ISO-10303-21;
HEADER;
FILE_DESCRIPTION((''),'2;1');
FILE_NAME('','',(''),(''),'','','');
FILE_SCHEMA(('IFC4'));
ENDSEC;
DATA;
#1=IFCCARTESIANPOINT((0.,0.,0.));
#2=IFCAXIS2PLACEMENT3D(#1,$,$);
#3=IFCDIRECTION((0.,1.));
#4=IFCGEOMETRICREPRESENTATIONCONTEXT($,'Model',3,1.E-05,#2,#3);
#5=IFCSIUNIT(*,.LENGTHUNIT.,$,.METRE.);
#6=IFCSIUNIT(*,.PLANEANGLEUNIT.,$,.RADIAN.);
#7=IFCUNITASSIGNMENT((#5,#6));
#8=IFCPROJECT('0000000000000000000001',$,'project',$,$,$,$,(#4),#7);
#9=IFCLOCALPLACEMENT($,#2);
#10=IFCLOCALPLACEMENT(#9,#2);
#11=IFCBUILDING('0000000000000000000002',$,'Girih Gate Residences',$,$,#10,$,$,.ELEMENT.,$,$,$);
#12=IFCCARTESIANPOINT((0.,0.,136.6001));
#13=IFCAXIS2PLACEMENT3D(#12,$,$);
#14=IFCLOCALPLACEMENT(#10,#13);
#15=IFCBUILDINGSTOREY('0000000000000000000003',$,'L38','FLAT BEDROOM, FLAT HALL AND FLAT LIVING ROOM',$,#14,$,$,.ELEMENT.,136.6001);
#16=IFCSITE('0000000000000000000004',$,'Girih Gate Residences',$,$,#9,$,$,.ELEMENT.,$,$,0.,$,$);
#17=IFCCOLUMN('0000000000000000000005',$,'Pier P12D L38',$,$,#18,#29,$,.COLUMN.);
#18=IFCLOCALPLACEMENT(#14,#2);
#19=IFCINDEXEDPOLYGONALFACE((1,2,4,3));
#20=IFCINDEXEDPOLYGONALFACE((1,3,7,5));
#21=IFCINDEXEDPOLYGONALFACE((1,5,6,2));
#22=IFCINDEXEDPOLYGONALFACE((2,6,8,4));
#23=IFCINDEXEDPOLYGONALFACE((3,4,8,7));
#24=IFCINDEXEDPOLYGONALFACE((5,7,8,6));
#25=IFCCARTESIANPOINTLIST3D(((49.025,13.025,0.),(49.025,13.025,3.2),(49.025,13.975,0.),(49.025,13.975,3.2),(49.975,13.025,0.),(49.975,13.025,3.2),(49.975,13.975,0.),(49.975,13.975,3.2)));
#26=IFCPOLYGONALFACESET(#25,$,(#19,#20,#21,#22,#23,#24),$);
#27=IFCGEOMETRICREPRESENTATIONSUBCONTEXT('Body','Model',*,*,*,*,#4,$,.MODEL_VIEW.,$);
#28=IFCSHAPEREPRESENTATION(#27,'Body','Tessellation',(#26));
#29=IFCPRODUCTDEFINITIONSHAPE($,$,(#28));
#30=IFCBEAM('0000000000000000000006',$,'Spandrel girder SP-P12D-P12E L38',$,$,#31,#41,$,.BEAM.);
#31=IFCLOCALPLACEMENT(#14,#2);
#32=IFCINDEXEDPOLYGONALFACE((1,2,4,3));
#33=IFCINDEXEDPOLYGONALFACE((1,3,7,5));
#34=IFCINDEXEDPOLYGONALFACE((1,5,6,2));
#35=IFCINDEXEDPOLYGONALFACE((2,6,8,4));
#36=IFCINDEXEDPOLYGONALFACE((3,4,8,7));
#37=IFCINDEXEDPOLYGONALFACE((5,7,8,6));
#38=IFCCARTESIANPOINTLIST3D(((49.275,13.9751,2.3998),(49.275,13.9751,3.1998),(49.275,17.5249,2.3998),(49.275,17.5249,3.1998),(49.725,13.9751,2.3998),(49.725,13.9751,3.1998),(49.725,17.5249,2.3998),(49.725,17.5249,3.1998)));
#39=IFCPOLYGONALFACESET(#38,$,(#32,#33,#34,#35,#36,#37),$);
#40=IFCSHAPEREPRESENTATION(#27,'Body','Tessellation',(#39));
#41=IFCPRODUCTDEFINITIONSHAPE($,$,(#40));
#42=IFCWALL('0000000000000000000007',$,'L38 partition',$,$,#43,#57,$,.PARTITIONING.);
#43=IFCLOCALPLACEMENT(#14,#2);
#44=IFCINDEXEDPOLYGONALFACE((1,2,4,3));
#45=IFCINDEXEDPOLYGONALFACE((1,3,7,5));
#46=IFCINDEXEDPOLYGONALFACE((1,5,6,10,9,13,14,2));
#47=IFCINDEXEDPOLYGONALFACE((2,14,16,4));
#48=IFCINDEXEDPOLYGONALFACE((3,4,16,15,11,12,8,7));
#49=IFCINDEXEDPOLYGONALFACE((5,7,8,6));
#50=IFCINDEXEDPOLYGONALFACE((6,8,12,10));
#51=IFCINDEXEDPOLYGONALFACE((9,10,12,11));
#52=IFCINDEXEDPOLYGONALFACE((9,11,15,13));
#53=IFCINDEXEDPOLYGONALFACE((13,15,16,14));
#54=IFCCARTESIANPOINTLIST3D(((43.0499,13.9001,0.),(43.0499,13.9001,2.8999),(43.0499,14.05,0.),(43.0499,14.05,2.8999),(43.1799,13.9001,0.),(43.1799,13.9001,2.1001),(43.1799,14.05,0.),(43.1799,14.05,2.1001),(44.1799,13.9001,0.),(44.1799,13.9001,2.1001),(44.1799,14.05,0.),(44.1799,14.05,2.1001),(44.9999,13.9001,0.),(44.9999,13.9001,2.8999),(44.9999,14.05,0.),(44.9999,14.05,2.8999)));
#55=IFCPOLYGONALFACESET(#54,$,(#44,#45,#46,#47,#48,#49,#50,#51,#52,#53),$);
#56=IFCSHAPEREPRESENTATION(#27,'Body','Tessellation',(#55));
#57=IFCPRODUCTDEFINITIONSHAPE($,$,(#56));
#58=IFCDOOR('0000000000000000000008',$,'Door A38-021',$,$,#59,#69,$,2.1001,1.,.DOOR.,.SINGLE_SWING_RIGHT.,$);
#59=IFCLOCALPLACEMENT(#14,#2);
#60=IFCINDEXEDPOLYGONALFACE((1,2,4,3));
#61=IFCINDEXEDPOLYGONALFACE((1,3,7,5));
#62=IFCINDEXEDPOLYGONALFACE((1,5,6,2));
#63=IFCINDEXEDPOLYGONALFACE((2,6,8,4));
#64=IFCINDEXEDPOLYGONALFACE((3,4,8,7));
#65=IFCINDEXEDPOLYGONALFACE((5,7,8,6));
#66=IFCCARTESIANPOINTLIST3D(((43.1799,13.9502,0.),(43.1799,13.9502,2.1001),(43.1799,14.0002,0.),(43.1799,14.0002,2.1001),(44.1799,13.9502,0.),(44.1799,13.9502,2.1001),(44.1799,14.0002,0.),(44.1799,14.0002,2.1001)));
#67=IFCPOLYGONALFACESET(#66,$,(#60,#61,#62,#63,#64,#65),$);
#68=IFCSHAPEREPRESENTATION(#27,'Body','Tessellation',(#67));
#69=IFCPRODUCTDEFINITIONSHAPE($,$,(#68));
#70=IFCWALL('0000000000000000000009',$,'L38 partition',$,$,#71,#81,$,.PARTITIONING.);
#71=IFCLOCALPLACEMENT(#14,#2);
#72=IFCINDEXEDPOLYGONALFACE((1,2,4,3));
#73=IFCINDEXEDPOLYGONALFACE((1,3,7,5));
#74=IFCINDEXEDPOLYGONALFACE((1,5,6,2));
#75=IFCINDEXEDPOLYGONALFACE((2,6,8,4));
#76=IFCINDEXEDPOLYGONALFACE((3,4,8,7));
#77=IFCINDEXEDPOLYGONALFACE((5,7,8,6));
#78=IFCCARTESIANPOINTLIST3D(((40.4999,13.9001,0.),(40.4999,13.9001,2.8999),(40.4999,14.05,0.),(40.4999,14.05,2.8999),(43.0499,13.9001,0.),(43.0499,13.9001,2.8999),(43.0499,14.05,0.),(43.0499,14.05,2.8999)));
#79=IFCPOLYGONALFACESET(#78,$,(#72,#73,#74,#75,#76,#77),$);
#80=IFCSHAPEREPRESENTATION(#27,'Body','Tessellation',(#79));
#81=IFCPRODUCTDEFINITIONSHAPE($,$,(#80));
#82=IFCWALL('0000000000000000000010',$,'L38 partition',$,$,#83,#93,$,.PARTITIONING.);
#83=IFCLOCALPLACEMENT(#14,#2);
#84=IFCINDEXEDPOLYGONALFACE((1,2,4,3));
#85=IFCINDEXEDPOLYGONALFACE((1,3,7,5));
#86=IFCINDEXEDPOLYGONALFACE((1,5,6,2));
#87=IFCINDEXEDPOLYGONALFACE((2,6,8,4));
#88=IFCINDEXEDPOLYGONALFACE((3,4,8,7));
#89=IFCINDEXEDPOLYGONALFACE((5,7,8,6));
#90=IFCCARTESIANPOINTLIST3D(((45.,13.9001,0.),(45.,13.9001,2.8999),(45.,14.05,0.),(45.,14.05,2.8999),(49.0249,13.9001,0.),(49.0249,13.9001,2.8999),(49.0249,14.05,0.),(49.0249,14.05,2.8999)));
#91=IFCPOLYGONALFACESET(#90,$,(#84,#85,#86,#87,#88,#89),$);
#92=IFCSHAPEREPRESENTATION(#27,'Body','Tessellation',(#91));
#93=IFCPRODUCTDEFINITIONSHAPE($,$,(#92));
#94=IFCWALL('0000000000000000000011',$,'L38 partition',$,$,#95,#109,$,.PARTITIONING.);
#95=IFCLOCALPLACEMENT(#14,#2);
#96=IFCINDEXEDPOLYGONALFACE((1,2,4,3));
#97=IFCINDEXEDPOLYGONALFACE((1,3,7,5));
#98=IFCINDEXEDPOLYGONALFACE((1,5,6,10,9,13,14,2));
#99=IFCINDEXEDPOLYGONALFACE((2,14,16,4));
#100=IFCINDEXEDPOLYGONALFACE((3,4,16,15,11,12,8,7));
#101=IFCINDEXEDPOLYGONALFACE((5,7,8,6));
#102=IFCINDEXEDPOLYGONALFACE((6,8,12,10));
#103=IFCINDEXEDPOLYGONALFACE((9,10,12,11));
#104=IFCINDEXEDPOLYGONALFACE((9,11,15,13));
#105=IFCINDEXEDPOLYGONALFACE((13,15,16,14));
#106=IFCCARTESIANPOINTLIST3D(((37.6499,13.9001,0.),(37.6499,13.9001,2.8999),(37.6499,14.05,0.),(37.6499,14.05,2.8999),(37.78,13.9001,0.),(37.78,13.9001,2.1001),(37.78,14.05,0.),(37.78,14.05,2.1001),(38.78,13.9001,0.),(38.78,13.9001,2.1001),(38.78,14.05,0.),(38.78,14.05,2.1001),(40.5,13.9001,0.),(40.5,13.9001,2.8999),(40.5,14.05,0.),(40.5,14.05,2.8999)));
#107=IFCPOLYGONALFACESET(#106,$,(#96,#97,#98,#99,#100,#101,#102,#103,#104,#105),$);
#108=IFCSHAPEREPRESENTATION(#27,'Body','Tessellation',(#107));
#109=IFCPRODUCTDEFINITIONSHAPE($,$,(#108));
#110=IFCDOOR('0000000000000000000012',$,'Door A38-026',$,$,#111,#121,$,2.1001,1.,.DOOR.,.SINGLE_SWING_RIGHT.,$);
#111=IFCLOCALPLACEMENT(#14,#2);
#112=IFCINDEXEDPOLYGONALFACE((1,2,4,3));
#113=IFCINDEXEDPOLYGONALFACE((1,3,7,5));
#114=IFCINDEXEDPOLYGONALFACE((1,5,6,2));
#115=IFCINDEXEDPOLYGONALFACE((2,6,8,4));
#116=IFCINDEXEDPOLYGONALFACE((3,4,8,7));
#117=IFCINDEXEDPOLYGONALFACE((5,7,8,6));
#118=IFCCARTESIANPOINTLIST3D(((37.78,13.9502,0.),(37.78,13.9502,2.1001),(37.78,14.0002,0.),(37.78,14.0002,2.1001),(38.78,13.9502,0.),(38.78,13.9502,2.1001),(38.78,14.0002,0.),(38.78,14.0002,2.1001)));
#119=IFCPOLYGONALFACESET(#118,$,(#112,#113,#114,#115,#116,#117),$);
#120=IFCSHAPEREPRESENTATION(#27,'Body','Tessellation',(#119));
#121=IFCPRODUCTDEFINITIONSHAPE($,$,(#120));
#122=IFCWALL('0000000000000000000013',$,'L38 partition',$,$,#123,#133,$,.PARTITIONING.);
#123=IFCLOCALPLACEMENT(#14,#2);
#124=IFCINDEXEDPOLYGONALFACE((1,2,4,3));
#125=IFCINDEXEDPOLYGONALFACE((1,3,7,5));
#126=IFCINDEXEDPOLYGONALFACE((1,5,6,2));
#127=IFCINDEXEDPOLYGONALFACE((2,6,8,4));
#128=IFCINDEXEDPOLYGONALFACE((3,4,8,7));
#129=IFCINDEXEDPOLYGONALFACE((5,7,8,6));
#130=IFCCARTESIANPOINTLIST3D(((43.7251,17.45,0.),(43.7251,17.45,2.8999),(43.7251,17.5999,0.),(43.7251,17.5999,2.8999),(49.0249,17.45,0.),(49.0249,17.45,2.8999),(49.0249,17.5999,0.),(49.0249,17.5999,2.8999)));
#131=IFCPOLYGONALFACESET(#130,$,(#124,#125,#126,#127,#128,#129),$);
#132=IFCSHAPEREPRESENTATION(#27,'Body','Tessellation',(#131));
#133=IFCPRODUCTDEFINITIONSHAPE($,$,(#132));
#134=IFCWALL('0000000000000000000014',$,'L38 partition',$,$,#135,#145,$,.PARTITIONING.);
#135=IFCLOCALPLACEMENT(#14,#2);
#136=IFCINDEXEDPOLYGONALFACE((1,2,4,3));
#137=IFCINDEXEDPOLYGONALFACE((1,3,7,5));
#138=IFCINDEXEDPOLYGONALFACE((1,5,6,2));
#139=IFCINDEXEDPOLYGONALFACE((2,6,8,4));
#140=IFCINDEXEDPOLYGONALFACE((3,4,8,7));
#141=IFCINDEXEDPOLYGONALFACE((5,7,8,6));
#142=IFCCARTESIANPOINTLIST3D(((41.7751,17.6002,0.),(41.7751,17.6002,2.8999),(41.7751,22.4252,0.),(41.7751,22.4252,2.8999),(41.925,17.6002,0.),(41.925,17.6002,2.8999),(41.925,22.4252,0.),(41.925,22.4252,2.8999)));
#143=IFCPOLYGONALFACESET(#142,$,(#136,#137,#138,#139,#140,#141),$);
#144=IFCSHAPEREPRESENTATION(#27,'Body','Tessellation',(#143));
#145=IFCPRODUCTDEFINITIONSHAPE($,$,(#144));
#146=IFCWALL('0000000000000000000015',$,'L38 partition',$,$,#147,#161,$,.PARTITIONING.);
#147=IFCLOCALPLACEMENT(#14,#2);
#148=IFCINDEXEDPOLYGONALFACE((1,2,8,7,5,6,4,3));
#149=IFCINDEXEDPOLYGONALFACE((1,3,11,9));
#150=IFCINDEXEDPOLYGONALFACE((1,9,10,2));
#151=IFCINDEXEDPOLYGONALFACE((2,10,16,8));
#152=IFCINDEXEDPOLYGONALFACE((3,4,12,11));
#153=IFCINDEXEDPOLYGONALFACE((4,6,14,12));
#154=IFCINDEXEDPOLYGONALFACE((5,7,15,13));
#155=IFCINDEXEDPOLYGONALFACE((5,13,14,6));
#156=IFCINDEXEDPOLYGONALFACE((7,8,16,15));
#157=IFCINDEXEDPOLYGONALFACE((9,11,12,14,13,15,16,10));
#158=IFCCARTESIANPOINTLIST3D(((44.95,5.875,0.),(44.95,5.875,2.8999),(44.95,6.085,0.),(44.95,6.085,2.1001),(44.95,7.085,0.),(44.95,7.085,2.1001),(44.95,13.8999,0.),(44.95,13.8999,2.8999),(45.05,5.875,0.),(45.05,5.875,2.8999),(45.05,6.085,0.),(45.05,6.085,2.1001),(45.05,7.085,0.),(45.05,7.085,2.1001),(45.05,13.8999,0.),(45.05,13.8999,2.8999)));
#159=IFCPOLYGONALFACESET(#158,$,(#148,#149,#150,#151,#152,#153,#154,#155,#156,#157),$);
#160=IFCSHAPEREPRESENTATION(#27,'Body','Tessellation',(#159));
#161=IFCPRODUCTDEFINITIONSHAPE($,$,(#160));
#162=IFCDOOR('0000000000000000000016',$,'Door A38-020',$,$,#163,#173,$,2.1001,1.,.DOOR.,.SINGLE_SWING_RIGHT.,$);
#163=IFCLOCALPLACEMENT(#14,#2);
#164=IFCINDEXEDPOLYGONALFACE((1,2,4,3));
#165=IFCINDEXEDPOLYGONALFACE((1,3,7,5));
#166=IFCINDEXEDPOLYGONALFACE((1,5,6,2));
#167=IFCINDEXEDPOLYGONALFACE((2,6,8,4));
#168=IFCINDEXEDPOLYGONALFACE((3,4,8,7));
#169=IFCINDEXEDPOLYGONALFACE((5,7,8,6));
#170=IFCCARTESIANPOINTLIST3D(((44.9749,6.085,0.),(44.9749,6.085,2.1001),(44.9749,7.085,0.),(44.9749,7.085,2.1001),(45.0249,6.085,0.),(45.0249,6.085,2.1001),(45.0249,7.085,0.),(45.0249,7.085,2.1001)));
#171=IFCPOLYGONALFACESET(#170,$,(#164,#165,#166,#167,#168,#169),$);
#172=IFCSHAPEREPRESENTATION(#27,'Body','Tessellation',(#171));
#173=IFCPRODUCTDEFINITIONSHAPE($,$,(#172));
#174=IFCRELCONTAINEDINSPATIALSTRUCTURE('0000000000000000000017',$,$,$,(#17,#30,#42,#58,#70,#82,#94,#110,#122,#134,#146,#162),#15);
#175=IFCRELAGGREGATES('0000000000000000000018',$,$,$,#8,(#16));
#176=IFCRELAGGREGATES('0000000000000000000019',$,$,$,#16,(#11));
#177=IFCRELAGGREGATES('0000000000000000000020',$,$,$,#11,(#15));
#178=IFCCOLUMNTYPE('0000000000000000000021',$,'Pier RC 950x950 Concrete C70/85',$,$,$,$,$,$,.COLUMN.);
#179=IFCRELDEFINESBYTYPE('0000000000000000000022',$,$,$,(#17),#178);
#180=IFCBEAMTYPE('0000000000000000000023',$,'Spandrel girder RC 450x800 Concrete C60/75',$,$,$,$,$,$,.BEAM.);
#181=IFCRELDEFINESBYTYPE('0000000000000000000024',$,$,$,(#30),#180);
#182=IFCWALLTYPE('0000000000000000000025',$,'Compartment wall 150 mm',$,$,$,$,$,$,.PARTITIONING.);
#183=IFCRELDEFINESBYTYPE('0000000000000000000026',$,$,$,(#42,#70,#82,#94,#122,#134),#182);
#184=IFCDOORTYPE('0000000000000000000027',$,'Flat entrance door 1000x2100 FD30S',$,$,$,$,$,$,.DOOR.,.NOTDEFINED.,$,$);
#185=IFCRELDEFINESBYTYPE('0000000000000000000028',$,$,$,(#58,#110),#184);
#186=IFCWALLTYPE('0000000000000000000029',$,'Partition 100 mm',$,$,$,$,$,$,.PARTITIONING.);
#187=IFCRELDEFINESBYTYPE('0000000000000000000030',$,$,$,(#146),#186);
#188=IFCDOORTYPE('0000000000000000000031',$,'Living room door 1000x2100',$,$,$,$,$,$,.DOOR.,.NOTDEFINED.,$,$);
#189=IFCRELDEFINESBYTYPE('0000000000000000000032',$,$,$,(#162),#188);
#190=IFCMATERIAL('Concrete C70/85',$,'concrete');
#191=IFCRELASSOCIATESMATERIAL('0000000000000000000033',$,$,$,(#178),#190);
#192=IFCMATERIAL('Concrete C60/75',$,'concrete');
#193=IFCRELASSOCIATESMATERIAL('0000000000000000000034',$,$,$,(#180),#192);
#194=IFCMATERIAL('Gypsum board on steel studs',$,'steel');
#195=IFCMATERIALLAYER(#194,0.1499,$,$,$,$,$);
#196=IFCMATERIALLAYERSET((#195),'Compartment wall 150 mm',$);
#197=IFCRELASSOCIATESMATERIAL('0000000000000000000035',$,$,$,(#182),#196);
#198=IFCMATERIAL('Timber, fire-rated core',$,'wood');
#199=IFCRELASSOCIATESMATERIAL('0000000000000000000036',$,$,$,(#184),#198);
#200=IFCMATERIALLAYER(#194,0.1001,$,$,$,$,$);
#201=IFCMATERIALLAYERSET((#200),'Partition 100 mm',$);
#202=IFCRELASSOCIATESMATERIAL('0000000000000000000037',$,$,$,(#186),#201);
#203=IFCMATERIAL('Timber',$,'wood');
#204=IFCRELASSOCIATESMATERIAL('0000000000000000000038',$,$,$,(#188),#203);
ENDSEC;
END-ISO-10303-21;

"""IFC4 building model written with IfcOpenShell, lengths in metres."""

from ifc_helpers import new_model, si_unit, direction, frame, frame_2d, origin, origin_2d, place, context, subcontext, project, spatial, rectangle, extrude, material, layer, layer_set, material_profile, profile_set, type_object, element, fill, save


model = new_model("IFC4")

# Units and contexts
model_context = context("Model", 3, precision=1e-05, world=origin(), true_north=direction((0.0, 1.0)))
body_context = subcontext(model_context, "Body", "Model", "MODEL_VIEW")
ifc_project = project(units=[si_unit("LENGTHUNIT", "METRE"), si_unit("PLANEANGLEUNIT", "RADIAN")], contexts=[model_context])

# Site, building, storey
site_placement = place(None, origin())
site = spatial("IfcSite", under=ifc_project, at=site_placement, Name="Girih Gate Residences", CompositionType="ELEMENT", RefElevation=0.0)
building_placement = place(site_placement, origin())
building = spatial("IfcBuilding", under=site, at=building_placement, Name="Girih Gate Residences", CompositionType="ELEMENT")
storey_placement = place(building_placement, frame((0.0, 0.0, 136.6001)))
storey = spatial("IfcBuildingStorey", under=building, at=storey_placement, Name="L38", Description="FLAT BEDROOM, FLAT HALL AND FLAT LIVING ROOM", CompositionType="ELEMENT", Elevation=136.6001)

# Column
ifc_material_1 = material(Name="Concrete C70/85", Category="concrete")
ifc_material_profile_1 = material_profile(ifc_material_1, rectangle(XDim=0.95, YDim=0.95, at=origin_2d()))
ifc_profile_set_1 = profile_set([ifc_material_profile_1], Name="Concrete C70/85")
column_type = type_object("IfcColumnType", Name="Pier RC 950x950 Concrete C70/85", PredefinedType="COLUMN", material=ifc_profile_set_1)
column_placement = place(storey_placement, frame((49.5, 13.5, 0.0), z_axis=(0.0, 0.0, 1.0), x_axis=(1.0, 0.0, 0.0)))
element("IfcColumn", 1, at=column_placement, inside=storey, type_object=column_type, Name="Pier P12D L38", PredefinedType="COLUMN", context=body_context, shape_type="SweptSolid", body=[
    extrude(rectangle(XDim=0.95, YDim=0.95, at=origin_2d()), origin(), (0.0, 0.0, 1.0), 3.2),
])

# Beam
ifc_material_2 = material(Name="Concrete C60/75", Category="concrete")
ifc_material_profile_2 = material_profile(ifc_material_2, rectangle(XDim=0.45, YDim=0.8, at=origin_2d()))
ifc_profile_set_2 = profile_set([ifc_material_profile_2], Name="Concrete C60/75")
beam_type = type_object("IfcBeamType", Name="Spandrel girder RC 450x800 Concrete C60/75", PredefinedType="BEAM", material=ifc_profile_set_2)
beam_placement = place(storey_placement, frame((49.5, 13.9751, 2.7998), z_axis=(0.0, 1.0, 0.0), x_axis=(-1.0, 0.0, 0.0)))
element("IfcBeam", 2, at=beam_placement, inside=storey, type_object=beam_type, Name="Spandrel girder SP-P12D-P12E L38", PredefinedType="BEAM", context=body_context, shape_type="SweptSolid", body=[
    extrude(rectangle(XDim=0.45, YDim=0.8, at=origin_2d()), origin(), (0.0, 0.0, 1.0), 3.5498),
])

# Wall, opening, door
ifc_material_3 = material(Name="Gypsum board on steel studs", Category="steel")
ifc_layer_1 = layer(ifc_material_3, 0.1499)
ifc_layer_set_1 = layer_set([ifc_layer_1], Name="Compartment wall 150 mm")
wall_type_1 = type_object("IfcWallType", Name="Compartment wall 150 mm", PredefinedType="PARTITIONING", material=ifc_layer_set_1)
wall_1_placement = place(storey_placement, frame((45.0, 13.9751, 0.0), z_axis=(0.0, 0.0, 1.0), x_axis=(-1.0, 0.0, 0.0)))
wall_1 = element("IfcWall", 3, at=wall_1_placement, inside=storey, type_object=wall_type_1, Name="L38 partition", PredefinedType="PARTITIONING", context=body_context, shape_type="SweptSolid", body=[
    extrude(rectangle(XDim=1.95, YDim=0.1499, at=frame_2d((0.9751, 0.0))), origin(), (0.0, 0.0, 1.0), 2.8999),
])
opening_1_placement = place(wall_1_placement, frame((0.8201, 0.0, 0.0)))
opening_1 = element("IfcOpeningElement", 4, at=opening_1_placement, cuts=wall_1, PredefinedType="OPENING", context=body_context, shape_type="SweptSolid", body=[
    extrude(rectangle(XDim=1.0, YDim=2.1001, at=frame_2d((0.5, 1.05))), frame((0.0, 0.085, 0.0), z_axis=(0.0, -1.0, 0.0), x_axis=(1.0, 0.0, 0.0)), (0.0, 0.0, 1.0), 0.1699),
])
ifc_material_4 = material(Name="Timber, fire-rated core", Category="wood")
door_type_1 = type_object("IfcDoorType", Name="Flat entrance door 1000x2100 FD30S", OperationType="NOTDEFINED", PredefinedType="DOOR", material=ifc_material_4)
door_1_placement = place(opening_1_placement, origin())
door_1 = element("IfcDoor", 5, at=door_1_placement, inside=storey, type_object=door_type_1, Name="Door A38-021", OperationType="SINGLE_SWING_RIGHT", OverallHeight=2.1001, OverallWidth=1.0, PredefinedType="DOOR", context=body_context, shape_type="SweptSolid", body=[
    extrude(rectangle(XDim=1.0, YDim=2.1001, at=frame_2d((0.5, 1.05))), frame((0.0, 0.0249, 0.0), z_axis=(0.0, -1.0, 0.0), x_axis=(1.0, 0.0, 0.0)), (0.0, 0.0, 1.0), 0.05),
])
fill(opening_1, door_1)

# Walls
wall_2_placement = place(storey_placement, frame((40.5, 13.9751, 0.0), z_axis=(0.0, 0.0, 1.0), x_axis=(1.0, 0.0, 0.0)))
element("IfcWall", 6, at=wall_2_placement, inside=storey, type_object=wall_type_1, Name="L38 partition", PredefinedType="PARTITIONING", context=body_context, shape_type="SweptSolid", body=[
    extrude(rectangle(XDim=2.55, YDim=0.1499, at=frame_2d((1.2749, 0.0))), origin(), (0.0, 0.0, 1.0), 2.8999),
])
wall_3_placement = place(storey_placement, frame((45.0, 13.9751, 0.0), z_axis=(0.0, 0.0, 1.0), x_axis=(1.0, 0.0, 0.0)))
element("IfcWall", 7, at=wall_3_placement, inside=storey, type_object=wall_type_1, Name="L38 partition", PredefinedType="PARTITIONING", context=body_context, shape_type="SweptSolid", body=[
    extrude(rectangle(XDim=4.0249, YDim=0.1499, at=frame_2d((2.0125, 0.0))), origin(), (0.0, 0.0, 1.0), 2.8999),
])

# Wall, opening, door
wall_4_placement = place(storey_placement, frame((40.5, 13.9751, 0.0), z_axis=(0.0, 0.0, 1.0), x_axis=(-1.0, 0.0, 0.0)))
wall_4 = element("IfcWall", 8, at=wall_4_placement, inside=storey, type_object=wall_type_1, Name="L38 partition", PredefinedType="PARTITIONING", context=body_context, shape_type="SweptSolid", body=[
    extrude(rectangle(XDim=2.8501, YDim=0.1499, at=frame_2d((1.425, 0.0))), origin(), (0.0, 0.0, 1.0), 2.8999),
])
opening_2_placement = place(wall_4_placement, frame((1.72, 0.0, 0.0)))
opening_2 = element("IfcOpeningElement", 9, at=opening_2_placement, cuts=wall_4, PredefinedType="OPENING", context=body_context, shape_type="SweptSolid", body=[
    extrude(rectangle(XDim=1.0, YDim=2.1001, at=frame_2d((0.5, 1.05))), frame((0.0, 0.085, 0.0), z_axis=(0.0, -1.0, 0.0), x_axis=(1.0, 0.0, 0.0)), (0.0, 0.0, 1.0), 0.1699),
])
door_2_placement = place(opening_2_placement, origin())
door_2 = element("IfcDoor", 10, at=door_2_placement, inside=storey, type_object=door_type_1, Name="Door A38-026", OperationType="SINGLE_SWING_RIGHT", OverallHeight=2.1001, OverallWidth=1.0, PredefinedType="DOOR", context=body_context, shape_type="SweptSolid", body=[
    extrude(rectangle(XDim=1.0, YDim=2.1001, at=frame_2d((0.5, 1.05))), frame((0.0, 0.0249, 0.0), z_axis=(0.0, -1.0, 0.0), x_axis=(1.0, 0.0, 0.0)), (0.0, 0.0, 1.0), 0.05),
])
fill(opening_2, door_2)

# Walls
wall_5_placement = place(storey_placement, frame((43.7251, 17.5249, 0.0), z_axis=(0.0, 0.0, 1.0), x_axis=(1.0, 0.0, 0.0)))
element("IfcWall", 11, at=wall_5_placement, inside=storey, type_object=wall_type_1, Name="L38 partition", PredefinedType="PARTITIONING", context=body_context, shape_type="SweptSolid", body=[
    extrude(rectangle(XDim=5.2998, YDim=0.1499, at=frame_2d((2.6499, 0.0))), origin(), (0.0, 0.0, 1.0), 2.8999),
])
wall_6_placement = place(storey_placement, frame((41.8501, 17.6001, 0.0), z_axis=(0.0, 0.0, 1.0), x_axis=(0.0, 1.0, 0.0)))
element("IfcWall", 12, at=wall_6_placement, inside=storey, type_object=wall_type_1, Name="L38 partition", PredefinedType="PARTITIONING", context=body_context, shape_type="SweptSolid", body=[
    extrude(rectangle(XDim=4.825, YDim=0.1499, at=frame_2d((2.4126, 0.0))), origin(), (0.0, 0.0, 1.0), 2.8999),
])

# Wall, opening, door
ifc_layer_2 = layer(ifc_material_3, 0.1001)
ifc_layer_set_2 = layer_set([ifc_layer_2], Name="Partition 100 mm")
wall_type_2 = type_object("IfcWallType", Name="Partition 100 mm", PredefinedType="PARTITIONING", material=ifc_layer_set_2)
wall_7_placement = place(storey_placement, frame((45.0, 13.8999, 0.0), z_axis=(0.0, 0.0, 1.0), x_axis=(0.0, -1.0, 0.0)))
wall_7 = element("IfcWall", 13, at=wall_7_placement, inside=storey, type_object=wall_type_2, Name="L38 partition", PredefinedType="PARTITIONING", context=body_context, shape_type="SweptSolid", body=[
    extrude(rectangle(XDim=8.0249, YDim=0.1001, at=frame_2d((4.0125, 0.0))), origin(), (0.0, 0.0, 1.0), 2.8999),
])
opening_3_placement = place(wall_7_placement, frame((6.8149, 0.0, 0.0)))
opening_3 = element("IfcOpeningElement", 14, at=opening_3_placement, cuts=wall_7, PredefinedType="OPENING", context=body_context, shape_type="SweptSolid", body=[
    extrude(rectangle(XDim=1.0, YDim=2.1001, at=frame_2d((0.5, 1.05))), frame((0.0, 0.0601, 0.0), z_axis=(0.0, -1.0, 0.0), x_axis=(1.0, 0.0, 0.0)), (0.0, 0.0, 1.0), 0.1201),
])
ifc_material_5 = material(Name="Timber", Category="wood")
door_type_2 = type_object("IfcDoorType", Name="Living room door 1000x2100", OperationType="NOTDEFINED", PredefinedType="DOOR", material=ifc_material_5)
door_3_placement = place(opening_3_placement, origin())
door_3 = element("IfcDoor", 15, at=door_3_placement, inside=storey, type_object=door_type_2, Name="Door A38-020", OperationType="SINGLE_SWING_RIGHT", OverallHeight=2.1001, OverallWidth=1.0, PredefinedType="DOOR", context=body_context, shape_type="SweptSolid", body=[
    extrude(rectangle(XDim=1.0, YDim=2.1001, at=frame_2d((0.5, 1.05))), frame((0.0, 0.0249, 0.0), z_axis=(0.0, -1.0, 0.0), x_axis=(1.0, 0.0, 0.0)), (0.0, 0.0, 1.0), 0.05),
])
fill(opening_3, door_3)

save(model, "model.ifc")
